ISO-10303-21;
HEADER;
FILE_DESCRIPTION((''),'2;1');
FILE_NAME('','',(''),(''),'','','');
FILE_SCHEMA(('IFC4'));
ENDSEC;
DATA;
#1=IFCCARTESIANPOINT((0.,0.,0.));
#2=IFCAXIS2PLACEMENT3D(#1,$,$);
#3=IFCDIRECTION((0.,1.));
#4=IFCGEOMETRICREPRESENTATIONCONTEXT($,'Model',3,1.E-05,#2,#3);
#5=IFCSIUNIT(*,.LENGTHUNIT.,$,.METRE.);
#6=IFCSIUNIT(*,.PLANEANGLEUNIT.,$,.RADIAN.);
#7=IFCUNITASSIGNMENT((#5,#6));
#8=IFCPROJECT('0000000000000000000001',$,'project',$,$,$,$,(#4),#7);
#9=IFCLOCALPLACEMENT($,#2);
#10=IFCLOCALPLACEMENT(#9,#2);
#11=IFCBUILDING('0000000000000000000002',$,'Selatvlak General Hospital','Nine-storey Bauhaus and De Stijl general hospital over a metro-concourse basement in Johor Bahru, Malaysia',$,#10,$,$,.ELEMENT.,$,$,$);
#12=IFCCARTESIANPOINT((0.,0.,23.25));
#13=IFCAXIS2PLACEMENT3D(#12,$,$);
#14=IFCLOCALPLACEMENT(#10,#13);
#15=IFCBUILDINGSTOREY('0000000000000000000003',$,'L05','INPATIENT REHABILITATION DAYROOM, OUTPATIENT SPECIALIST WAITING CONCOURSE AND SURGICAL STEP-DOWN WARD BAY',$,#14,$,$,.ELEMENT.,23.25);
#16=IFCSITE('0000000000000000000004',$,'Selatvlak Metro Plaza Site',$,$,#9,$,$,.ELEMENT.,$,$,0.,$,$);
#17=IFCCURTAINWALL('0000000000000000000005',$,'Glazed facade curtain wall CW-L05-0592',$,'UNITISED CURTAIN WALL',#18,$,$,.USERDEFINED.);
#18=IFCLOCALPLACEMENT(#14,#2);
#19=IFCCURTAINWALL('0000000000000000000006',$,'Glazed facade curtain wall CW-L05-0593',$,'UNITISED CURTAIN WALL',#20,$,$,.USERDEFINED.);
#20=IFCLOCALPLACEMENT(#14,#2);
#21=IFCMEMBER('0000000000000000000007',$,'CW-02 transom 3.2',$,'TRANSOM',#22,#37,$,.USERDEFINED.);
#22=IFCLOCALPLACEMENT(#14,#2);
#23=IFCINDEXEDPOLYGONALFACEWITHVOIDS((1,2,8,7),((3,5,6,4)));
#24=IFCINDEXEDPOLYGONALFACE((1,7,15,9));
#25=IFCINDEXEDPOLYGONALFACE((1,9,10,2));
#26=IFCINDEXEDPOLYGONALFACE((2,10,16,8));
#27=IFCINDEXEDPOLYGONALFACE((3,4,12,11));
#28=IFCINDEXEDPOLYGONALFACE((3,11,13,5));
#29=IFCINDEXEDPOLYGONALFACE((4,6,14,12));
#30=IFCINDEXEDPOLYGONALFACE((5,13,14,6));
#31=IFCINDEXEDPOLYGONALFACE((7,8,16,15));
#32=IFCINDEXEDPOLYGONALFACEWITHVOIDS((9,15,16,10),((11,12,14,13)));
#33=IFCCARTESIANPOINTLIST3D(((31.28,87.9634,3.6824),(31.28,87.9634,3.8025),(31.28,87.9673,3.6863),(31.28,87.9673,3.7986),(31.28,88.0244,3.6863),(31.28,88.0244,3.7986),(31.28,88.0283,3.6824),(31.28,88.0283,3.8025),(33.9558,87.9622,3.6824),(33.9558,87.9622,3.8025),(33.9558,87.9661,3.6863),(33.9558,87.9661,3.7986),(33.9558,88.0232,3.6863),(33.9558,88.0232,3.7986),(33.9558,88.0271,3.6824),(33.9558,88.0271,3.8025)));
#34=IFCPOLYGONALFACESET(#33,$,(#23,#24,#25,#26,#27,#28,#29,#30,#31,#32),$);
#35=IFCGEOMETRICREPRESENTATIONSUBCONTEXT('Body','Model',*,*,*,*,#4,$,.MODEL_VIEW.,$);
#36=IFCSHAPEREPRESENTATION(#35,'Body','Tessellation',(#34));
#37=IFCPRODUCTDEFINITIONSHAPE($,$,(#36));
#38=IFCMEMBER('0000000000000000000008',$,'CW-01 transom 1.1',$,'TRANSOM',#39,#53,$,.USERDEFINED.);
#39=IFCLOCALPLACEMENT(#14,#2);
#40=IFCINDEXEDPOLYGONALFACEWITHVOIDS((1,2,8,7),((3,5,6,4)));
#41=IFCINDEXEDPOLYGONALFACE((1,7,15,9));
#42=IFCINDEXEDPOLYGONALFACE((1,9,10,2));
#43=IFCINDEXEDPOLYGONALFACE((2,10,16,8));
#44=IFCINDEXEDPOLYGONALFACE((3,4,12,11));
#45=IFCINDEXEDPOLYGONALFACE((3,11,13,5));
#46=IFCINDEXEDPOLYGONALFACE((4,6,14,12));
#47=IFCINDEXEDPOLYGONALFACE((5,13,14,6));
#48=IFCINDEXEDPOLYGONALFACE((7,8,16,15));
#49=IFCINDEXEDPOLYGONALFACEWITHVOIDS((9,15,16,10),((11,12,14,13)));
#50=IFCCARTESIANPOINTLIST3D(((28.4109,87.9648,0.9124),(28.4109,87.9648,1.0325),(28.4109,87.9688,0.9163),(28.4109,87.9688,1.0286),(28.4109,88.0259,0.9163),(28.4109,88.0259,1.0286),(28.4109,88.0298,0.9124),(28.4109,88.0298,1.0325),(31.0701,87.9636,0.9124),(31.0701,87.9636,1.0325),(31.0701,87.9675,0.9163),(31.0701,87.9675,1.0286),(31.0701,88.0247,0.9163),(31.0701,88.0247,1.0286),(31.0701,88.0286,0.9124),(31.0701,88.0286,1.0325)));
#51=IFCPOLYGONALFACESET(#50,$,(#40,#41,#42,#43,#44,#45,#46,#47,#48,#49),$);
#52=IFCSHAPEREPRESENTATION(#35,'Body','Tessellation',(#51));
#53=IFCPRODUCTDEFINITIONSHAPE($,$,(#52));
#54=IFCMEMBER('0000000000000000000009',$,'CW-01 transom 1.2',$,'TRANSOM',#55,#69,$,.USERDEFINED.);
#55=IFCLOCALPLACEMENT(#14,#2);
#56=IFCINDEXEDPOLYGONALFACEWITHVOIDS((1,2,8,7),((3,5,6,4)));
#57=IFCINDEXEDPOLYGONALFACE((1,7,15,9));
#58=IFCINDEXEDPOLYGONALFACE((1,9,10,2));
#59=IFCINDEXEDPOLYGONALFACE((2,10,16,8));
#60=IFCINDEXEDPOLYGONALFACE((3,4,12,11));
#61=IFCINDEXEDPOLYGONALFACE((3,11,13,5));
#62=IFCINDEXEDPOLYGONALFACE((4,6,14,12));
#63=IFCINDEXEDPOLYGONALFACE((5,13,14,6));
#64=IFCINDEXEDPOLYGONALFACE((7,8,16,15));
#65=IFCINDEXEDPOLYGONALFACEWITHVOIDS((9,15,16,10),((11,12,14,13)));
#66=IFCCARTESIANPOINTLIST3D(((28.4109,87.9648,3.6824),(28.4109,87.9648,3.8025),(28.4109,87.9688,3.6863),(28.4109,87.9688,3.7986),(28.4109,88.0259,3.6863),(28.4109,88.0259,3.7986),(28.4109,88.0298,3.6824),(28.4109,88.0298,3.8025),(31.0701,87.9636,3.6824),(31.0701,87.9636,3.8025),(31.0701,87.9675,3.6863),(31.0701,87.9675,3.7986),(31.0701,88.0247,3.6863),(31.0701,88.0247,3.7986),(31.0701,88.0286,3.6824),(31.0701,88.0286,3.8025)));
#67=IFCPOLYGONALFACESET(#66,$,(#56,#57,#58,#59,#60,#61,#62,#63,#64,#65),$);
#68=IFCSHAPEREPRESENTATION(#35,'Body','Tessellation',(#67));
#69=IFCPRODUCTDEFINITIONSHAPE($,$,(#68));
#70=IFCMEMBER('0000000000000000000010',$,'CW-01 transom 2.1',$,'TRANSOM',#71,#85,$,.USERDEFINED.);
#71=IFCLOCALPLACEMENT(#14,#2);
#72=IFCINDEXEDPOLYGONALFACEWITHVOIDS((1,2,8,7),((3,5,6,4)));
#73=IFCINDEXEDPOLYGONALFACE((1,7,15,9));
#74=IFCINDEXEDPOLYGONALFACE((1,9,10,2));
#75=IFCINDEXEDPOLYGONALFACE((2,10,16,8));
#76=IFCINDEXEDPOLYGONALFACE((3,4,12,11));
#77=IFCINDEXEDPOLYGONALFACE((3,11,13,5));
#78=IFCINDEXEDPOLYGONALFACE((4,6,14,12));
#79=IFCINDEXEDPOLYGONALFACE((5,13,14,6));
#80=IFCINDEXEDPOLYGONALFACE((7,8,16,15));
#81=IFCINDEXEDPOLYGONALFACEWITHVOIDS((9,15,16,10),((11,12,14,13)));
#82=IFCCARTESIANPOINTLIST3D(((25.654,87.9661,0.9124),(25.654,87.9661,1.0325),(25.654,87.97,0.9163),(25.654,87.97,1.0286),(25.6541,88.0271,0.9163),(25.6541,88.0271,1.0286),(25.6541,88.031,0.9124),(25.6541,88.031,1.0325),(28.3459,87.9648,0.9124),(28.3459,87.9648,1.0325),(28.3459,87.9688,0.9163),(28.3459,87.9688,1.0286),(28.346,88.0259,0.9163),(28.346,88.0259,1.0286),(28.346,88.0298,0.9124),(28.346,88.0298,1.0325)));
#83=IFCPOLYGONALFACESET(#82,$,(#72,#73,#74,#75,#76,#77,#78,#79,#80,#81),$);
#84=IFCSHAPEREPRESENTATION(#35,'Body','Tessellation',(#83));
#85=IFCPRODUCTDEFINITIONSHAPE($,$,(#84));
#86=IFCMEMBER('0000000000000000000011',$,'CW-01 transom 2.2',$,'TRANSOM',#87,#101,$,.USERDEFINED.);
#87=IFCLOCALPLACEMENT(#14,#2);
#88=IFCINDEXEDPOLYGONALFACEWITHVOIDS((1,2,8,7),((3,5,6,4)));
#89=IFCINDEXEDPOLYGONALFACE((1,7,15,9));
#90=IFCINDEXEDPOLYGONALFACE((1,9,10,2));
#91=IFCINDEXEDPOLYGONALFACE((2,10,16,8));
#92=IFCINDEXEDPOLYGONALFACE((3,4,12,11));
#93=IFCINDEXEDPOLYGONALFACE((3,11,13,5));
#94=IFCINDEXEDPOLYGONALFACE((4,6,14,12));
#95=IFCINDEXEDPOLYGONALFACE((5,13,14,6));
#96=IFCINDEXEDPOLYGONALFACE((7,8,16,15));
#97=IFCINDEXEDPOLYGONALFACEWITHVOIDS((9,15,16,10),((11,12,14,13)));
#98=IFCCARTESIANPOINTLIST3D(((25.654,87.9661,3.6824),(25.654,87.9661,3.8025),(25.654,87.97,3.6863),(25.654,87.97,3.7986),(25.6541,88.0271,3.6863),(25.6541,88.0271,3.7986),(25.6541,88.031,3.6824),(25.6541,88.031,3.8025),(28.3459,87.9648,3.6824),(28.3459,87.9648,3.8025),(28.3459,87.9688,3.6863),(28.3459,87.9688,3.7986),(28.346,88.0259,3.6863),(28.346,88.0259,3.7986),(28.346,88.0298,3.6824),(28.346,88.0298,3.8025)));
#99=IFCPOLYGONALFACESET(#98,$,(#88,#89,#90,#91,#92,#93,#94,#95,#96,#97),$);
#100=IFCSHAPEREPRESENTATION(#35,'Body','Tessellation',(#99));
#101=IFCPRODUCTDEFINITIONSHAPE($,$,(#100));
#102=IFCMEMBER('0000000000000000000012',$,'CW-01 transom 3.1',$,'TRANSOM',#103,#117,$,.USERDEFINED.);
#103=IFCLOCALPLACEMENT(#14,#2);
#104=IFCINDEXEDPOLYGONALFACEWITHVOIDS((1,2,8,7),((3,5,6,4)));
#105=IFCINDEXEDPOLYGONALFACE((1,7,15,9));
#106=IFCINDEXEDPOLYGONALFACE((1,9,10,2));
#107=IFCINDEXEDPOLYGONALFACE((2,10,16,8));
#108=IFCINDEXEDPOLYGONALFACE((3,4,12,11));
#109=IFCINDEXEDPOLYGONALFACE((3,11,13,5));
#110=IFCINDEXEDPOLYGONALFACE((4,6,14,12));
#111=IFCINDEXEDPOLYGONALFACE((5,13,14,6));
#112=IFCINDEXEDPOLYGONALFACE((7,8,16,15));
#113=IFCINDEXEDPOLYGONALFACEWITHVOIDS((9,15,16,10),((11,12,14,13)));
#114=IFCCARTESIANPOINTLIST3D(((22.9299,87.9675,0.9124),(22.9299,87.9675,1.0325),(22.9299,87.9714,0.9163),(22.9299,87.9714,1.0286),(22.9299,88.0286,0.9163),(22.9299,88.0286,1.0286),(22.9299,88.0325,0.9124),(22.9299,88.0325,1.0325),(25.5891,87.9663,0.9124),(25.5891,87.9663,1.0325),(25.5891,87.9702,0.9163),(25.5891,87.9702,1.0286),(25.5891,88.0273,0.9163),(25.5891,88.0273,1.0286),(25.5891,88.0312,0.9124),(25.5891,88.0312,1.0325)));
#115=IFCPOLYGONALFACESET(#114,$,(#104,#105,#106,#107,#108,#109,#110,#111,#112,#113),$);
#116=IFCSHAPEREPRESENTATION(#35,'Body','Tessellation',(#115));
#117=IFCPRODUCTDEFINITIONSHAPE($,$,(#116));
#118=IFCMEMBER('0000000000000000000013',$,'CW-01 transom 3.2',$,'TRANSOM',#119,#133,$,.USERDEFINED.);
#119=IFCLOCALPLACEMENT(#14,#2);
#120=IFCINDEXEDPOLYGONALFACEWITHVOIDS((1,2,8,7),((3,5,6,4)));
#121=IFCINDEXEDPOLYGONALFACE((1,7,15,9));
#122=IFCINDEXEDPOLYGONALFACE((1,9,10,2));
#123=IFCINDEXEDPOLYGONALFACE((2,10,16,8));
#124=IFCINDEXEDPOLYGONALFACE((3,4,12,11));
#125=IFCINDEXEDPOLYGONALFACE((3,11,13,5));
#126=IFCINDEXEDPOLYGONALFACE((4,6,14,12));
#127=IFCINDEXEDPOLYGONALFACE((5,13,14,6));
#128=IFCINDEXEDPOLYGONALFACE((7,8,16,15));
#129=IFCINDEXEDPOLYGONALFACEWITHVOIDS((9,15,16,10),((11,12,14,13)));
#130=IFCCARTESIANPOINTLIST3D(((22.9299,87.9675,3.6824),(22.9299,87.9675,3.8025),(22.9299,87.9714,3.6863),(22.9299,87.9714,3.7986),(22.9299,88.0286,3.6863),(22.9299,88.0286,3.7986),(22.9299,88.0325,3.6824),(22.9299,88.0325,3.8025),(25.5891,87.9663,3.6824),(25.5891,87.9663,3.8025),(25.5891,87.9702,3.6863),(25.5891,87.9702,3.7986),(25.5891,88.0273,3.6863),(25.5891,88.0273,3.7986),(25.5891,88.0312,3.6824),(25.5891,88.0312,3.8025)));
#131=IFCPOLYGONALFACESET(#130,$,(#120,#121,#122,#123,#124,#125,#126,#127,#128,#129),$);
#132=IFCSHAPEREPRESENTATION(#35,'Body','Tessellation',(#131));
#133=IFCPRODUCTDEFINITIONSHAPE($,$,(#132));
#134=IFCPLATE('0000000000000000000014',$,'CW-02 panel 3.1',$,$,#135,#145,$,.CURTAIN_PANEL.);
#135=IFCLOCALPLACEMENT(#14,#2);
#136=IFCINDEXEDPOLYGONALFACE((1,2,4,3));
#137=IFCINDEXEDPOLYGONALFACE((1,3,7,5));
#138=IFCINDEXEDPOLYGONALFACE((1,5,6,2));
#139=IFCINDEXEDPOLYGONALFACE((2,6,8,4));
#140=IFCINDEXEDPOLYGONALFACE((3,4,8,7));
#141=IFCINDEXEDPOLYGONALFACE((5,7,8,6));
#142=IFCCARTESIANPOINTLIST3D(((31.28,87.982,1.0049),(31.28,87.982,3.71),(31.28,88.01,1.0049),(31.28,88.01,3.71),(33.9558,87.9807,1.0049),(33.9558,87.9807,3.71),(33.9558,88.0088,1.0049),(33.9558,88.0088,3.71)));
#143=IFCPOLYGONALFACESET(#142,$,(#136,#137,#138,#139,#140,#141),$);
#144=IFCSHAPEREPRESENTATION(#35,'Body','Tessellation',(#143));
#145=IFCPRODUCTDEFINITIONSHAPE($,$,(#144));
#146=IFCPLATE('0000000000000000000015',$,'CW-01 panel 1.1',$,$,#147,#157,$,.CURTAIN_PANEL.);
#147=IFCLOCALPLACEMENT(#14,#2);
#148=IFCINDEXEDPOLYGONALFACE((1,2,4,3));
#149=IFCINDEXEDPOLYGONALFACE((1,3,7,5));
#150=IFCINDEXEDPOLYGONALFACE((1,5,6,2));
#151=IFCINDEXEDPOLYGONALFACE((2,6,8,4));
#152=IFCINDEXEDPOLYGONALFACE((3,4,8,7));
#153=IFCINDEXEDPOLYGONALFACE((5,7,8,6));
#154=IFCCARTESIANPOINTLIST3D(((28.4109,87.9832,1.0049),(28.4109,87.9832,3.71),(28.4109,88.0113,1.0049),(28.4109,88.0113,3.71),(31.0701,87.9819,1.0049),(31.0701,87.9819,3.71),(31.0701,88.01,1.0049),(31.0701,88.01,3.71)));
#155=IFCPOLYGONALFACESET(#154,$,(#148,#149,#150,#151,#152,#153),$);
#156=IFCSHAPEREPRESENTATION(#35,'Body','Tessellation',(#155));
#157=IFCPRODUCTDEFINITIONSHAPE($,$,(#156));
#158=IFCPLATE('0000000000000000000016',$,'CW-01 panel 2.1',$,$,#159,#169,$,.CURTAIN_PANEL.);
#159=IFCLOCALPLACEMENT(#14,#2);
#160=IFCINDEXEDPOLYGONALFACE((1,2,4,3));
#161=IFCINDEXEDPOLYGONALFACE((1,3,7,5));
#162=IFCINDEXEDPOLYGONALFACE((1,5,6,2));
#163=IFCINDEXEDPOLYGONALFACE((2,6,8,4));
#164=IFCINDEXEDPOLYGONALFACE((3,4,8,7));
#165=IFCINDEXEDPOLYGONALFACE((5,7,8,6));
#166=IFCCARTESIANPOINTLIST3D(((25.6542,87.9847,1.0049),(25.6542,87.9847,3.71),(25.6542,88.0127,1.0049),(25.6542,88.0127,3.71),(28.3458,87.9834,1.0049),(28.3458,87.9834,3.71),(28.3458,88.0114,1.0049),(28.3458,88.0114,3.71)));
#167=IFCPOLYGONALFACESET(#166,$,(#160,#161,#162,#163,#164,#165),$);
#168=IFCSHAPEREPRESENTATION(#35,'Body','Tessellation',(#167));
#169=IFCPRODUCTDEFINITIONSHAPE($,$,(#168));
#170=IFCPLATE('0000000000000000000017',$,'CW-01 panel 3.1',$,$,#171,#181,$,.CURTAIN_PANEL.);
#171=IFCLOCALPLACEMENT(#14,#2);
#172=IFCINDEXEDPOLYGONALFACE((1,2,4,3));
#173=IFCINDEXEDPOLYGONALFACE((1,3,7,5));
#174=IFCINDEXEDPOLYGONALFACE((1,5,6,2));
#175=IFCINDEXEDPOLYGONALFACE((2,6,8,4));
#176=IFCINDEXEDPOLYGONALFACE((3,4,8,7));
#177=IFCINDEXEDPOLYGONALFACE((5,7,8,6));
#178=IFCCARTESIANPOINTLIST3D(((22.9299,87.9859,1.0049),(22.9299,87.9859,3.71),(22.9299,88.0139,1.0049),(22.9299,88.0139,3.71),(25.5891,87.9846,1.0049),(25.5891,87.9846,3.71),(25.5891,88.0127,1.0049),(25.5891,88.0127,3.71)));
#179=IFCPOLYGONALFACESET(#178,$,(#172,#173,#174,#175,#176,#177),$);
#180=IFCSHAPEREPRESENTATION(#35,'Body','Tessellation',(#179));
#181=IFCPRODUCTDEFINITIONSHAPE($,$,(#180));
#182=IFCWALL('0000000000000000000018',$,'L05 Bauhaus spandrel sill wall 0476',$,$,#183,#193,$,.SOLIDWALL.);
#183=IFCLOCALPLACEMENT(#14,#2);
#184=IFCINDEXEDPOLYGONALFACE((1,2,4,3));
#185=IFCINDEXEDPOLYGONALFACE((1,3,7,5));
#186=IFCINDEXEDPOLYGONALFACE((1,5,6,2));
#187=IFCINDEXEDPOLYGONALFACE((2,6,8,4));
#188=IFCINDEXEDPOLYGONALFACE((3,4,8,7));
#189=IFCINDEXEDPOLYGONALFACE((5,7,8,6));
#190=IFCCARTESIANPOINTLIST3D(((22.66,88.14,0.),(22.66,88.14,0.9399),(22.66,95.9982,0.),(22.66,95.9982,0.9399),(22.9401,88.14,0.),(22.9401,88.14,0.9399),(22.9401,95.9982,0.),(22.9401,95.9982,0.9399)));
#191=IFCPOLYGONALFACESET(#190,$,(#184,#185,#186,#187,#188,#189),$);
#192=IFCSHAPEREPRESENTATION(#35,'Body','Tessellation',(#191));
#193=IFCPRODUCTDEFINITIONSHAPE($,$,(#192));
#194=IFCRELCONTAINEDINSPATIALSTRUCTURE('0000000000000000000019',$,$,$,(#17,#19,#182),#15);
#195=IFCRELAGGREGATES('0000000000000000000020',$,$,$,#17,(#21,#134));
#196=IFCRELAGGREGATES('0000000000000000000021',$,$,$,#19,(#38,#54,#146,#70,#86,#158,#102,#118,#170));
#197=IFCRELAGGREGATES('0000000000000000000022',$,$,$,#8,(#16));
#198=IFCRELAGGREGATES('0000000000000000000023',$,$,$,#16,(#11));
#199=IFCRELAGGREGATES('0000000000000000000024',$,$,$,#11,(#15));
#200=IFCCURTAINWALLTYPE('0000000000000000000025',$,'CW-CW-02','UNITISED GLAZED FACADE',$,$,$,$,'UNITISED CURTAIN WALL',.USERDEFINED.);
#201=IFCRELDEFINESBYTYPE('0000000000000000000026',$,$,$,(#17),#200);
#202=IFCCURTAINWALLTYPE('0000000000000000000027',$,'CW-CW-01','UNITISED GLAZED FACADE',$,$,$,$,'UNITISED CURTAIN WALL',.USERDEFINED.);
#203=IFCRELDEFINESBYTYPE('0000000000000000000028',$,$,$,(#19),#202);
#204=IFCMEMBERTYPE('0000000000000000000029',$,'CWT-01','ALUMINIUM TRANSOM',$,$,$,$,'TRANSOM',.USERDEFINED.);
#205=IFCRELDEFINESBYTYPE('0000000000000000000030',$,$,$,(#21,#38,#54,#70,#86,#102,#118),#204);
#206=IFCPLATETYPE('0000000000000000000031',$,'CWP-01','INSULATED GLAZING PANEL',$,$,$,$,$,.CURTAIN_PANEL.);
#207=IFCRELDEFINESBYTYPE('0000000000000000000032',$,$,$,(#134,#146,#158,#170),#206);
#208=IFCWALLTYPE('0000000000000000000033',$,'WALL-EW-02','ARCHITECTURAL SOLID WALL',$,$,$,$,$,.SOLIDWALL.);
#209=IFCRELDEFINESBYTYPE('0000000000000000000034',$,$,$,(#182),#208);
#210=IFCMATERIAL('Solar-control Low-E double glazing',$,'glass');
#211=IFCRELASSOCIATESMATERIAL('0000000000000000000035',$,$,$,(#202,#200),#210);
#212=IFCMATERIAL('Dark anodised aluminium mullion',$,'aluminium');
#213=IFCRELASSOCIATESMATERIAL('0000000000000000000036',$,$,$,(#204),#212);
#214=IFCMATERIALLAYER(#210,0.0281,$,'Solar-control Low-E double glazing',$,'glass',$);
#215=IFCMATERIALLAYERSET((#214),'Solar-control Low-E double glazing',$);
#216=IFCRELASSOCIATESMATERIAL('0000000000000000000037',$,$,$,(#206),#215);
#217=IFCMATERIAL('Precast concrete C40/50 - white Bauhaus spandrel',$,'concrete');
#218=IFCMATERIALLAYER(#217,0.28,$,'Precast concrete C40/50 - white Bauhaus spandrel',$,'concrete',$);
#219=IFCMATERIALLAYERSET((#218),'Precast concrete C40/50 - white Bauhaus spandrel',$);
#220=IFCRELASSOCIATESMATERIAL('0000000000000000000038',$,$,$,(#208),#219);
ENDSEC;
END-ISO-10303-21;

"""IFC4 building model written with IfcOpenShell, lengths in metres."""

from ifc_helpers import new_model, si_unit, direction, frame, frame_2d, origin, origin_2d, place, context, subcontext, project, spatial, rectangle, hollow_rectangle, extrude, material, layer, layer_set, material_profile, profile_set, type_object, element, aggregate, save


model = new_model("IFC4")

# Units and contexts
model_context = context("Model", 3, precision=1e-05, world=origin(), true_north=direction((0.0, 1.0)))
body_context = subcontext(model_context, "Body", "Model", "MODEL_VIEW")
ifc_project = project(units=[si_unit("LENGTHUNIT", "METRE"), si_unit("PLANEANGLEUNIT", "RADIAN")], contexts=[model_context])

# Site, building, storey
site_placement = place(None, origin())
site = spatial("IfcSite", under=ifc_project, at=site_placement, Name="Selatvlak Metro Plaza Site", CompositionType="ELEMENT", RefElevation=0.0)
building_placement = place(site_placement, origin())
building = spatial("IfcBuilding", under=site, at=building_placement, Name="Selatvlak General Hospital", Description="Nine-storey Bauhaus and De Stijl general hospital over a metro-concourse basement in Johor Bahru, Malaysia", CompositionType="ELEMENT")
storey_placement = place(building_placement, frame((0.0, 0.0, 23.25)))
storey = spatial("IfcBuildingStorey", under=building, at=storey_placement, Name="L05", Description="INPATIENT REHABILITATION DAYROOM, OUTPATIENT SPECIALIST WAITING CONCOURSE AND SURGICAL STEP-DOWN WARD BAY", CompositionType="ELEMENT", Elevation=23.25)

# Shared definitions
ifc_material_1 = material(Name="Solar-control Low-E double glazing", Category="glass")
curtain_wall_type_1 = type_object("IfcCurtainWallType", Name="CW-CW-01", Description="UNITISED GLAZED FACADE", ElementType="UNITISED CURTAIN WALL", PredefinedType="USERDEFINED", material=ifc_material_1)
ifc_material_2 = material(Name="Dark anodised aluminium mullion", Category="aluminium")

# Curtain walls
curtain_wall_type_2 = type_object("IfcCurtainWallType", Name="CW-CW-02", Description="UNITISED GLAZED FACADE", ElementType="UNITISED CURTAIN WALL", PredefinedType="USERDEFINED", material=ifc_material_1)
curtain_wall_1_placement = place(storey_placement, origin())
curtain_wall_1 = element("IfcCurtainWall", 1, at=curtain_wall_1_placement, inside=storey, type_object=curtain_wall_type_2, Name="Glazed facade curtain wall CW-L05-0592", ObjectType="UNITISED CURTAIN WALL", PredefinedType="USERDEFINED")
curtain_wall_2_placement = place(storey_placement, origin())
curtain_wall_2 = element("IfcCurtainWall", 2, at=curtain_wall_2_placement, inside=storey, type_object=curtain_wall_type_1, Name="Glazed facade curtain wall CW-L05-0593", ObjectType="UNITISED CURTAIN WALL", PredefinedType="USERDEFINED")

# Members
ifc_material_profile_1 = material_profile(ifc_material_2, hollow_rectangle(XDim=0.0649, YDim=0.1201, WallThickness=0.0039, at=origin_2d()), Name="AL-TRN 65x120x4")
ifc_profile_set_1 = profile_set([ifc_material_profile_1], Name="Dark anodised aluminium mullion")
member_type_1 = type_object("IfcMemberType", Name="CWT-01", Description="ALUMINIUM TRANSOM", ElementType="TRANSOM", PredefinedType="USERDEFINED", material=ifc_profile_set_1)
member_1_placement = place(storey_placement, frame((33.9558, 87.9946, 3.7424), z_axis=(-1.0, 0.000456, 0.0), x_axis=(-0.000456, -1.0, 0.0)))
member_1 = element("IfcMember", 3, at=member_1_placement, type_object=member_type_1, Name="CW-02 transom 3.2", ObjectType="TRANSOM", PredefinedType="USERDEFINED", context=body_context, shape_type="SweptSolid", body=[
    extrude(hollow_rectangle(XDim=0.0649, YDim=0.1201, WallThickness=0.0039, at=origin_2d()), origin(), (0.0, 0.0, 1.0), 2.6758),
])
member_2_placement = place(storey_placement, frame((31.0701, 87.9961, 0.9724), z_axis=(-1.0, 0.000459, 0.0), x_axis=(-0.000459, -1.0, 0.0)))
member_2 = element("IfcMember", 4, at=member_2_placement, type_object=member_type_1, Name="CW-01 transom 1.1", ObjectType="TRANSOM", PredefinedType="USERDEFINED", context=body_context, shape_type="SweptSolid", body=[
    extrude(hollow_rectangle(XDim=0.0649, YDim=0.1201, WallThickness=0.0039, at=origin_2d()), origin(), (0.0, 0.0, 1.0), 2.6592),
])
member_3_placement = place(storey_placement, frame((31.0701, 87.9961, 3.7424), z_axis=(-1.0, 0.000459, 0.0), x_axis=(-0.000459, -1.0, 0.0)))
member_3 = element("IfcMember", 5, at=member_3_placement, type_object=member_type_1, Name="CW-01 transom 1.2", ObjectType="TRANSOM", PredefinedType="USERDEFINED", context=body_context, shape_type="SweptSolid", body=[
    extrude(hollow_rectangle(XDim=0.0649, YDim=0.1201, WallThickness=0.0039, at=origin_2d()), origin(), (0.0, 0.0, 1.0), 2.6592),
])
member_4_placement = place(storey_placement, frame((28.3459, 87.9973, 0.9724), z_axis=(-1.0, 0.000453, 0.0), x_axis=(-0.000453, -1.0, 0.0)))
member_4 = element("IfcMember", 6, at=member_4_placement, type_object=member_type_1, Name="CW-01 transom 2.1", ObjectType="TRANSOM", PredefinedType="USERDEFINED", context=body_context, shape_type="SweptSolid", body=[
    extrude(hollow_rectangle(XDim=0.0649, YDim=0.1201, WallThickness=0.0039, at=origin_2d()), origin(), (0.0, 0.0, 1.0), 2.6919),
])
member_5_placement = place(storey_placement, frame((28.3459, 87.9973, 3.7424), z_axis=(-1.0, 0.000453, 0.0), x_axis=(-0.000453, -1.0, 0.0)))
member_5 = element("IfcMember", 7, at=member_5_placement, type_object=member_type_1, Name="CW-01 transom 2.2", ObjectType="TRANSOM", PredefinedType="USERDEFINED", context=body_context, shape_type="SweptSolid", body=[
    extrude(hollow_rectangle(XDim=0.0649, YDim=0.1201, WallThickness=0.0039, at=origin_2d()), origin(), (0.0, 0.0, 1.0), 2.6919),
])
member_6_placement = place(storey_placement, frame((25.5891, 87.9988, 0.9724), z_axis=(-1.0, 0.000459, 0.0), x_axis=(-0.000459, -1.0, 0.0)))
member_6 = element("IfcMember", 8, at=member_6_placement, type_object=member_type_1, Name="CW-01 transom 3.1", ObjectType="TRANSOM", PredefinedType="USERDEFINED", context=body_context, shape_type="SweptSolid", body=[
    extrude(hollow_rectangle(XDim=0.0649, YDim=0.1201, WallThickness=0.0039, at=origin_2d()), origin(), (0.0, 0.0, 1.0), 2.6592),
])
member_7_placement = place(storey_placement, frame((25.5891, 87.9988, 3.7424), z_axis=(-1.0, 0.000459, 0.0), x_axis=(-0.000459, -1.0, 0.0)))
member_7 = element("IfcMember", 9, at=member_7_placement, type_object=member_type_1, Name="CW-01 transom 3.2", ObjectType="TRANSOM", PredefinedType="USERDEFINED", context=body_context, shape_type="SweptSolid", body=[
    extrude(hollow_rectangle(XDim=0.0649, YDim=0.1201, WallThickness=0.0039, at=origin_2d()), origin(), (0.0, 0.0, 1.0), 2.6592),
])

# Plates
ifc_layer_1 = layer(ifc_material_1, 0.0281, Name="Solar-control Low-E double glazing", Category="glass")
ifc_layer_set_1 = layer_set([ifc_layer_1], Name="Solar-control Low-E double glazing")
plate_type = type_object("IfcPlateType", Name="CWP-01", Description="INSULATED GLAZING PANEL", PredefinedType="CURTAIN_PANEL", material=ifc_layer_set_1)
plate_1_placement = place(storey_placement, frame((32.6179, 87.9954, 1.0049), z_axis=(0.0, 0.0, 1.0), x_axis=(-1.0, 0.000481, 0.0)))
plate_1 = element("IfcPlate", 10, at=plate_1_placement, type_object=plate_type, Name="CW-02 panel 3.1", PredefinedType="CURTAIN_PANEL", context=body_context, shape_type="SweptSolid", body=[
    extrude(rectangle(XDim=2.6758, YDim=0.0281, at=origin_2d()), origin(), (0.0, 0.0, 1.0), 2.7051),
])
aggregate(curtain_wall_1, [member_1, plate_1])
plate_2_placement = place(storey_placement, frame((29.7405, 87.9966, 1.0049), z_axis=(0.0, 0.0, 1.0), x_axis=(-1.0, 0.000484, 0.0)))
plate_2 = element("IfcPlate", 11, at=plate_2_placement, type_object=plate_type, Name="CW-01 panel 1.1", PredefinedType="CURTAIN_PANEL", context=body_context, shape_type="SweptSolid", body=[
    extrude(rectangle(XDim=2.6592, YDim=0.0281, at=origin_2d()), origin(), (0.0, 0.0, 1.0), 2.7051),
])
plate_3_placement = place(storey_placement, frame((27.0, 87.998, 1.0049), z_axis=(0.0, 0.0, 1.0), x_axis=(-1.0, 0.000484, 0.0)))
plate_3 = element("IfcPlate", 12, at=plate_3_placement, type_object=plate_type, Name="CW-01 panel 2.1", PredefinedType="CURTAIN_PANEL", context=body_context, shape_type="SweptSolid", body=[
    extrude(rectangle(XDim=2.6917, YDim=0.0281, at=origin_2d()), origin(), (0.0, 0.0, 1.0), 2.7051),
])
plate_4_placement = place(storey_placement, frame((24.2595, 87.9993, 1.0049), z_axis=(0.0, 0.0, 1.0), x_axis=(-1.0, 0.000484, 0.0)))
plate_4 = element("IfcPlate", 13, at=plate_4_placement, type_object=plate_type, Name="CW-01 panel 3.1", PredefinedType="CURTAIN_PANEL", context=body_context, shape_type="SweptSolid", body=[
    extrude(rectangle(XDim=2.6592, YDim=0.0281, at=origin_2d()), origin(), (0.0, 0.0, 1.0), 2.7051),
])
aggregate(curtain_wall_2, [member_2, member_3, plate_2, member_4, member_5, plate_3, member_6, member_7, plate_4])

# Wall
ifc_material_3 = material(Name="Precast concrete C40/50 - white Bauhaus spandrel", Category="concrete")
ifc_layer_2 = layer(ifc_material_3, 0.28, Name="Precast concrete C40/50 - white Bauhaus spandrel", Category="concrete")
ifc_layer_set_2 = layer_set([ifc_layer_2], Name="Precast concrete C40/50 - white Bauhaus spandrel")
wall_type_1 = type_object("IfcWallType", Name="WALL-EW-02", Description="ARCHITECTURAL SOLID WALL", PredefinedType="SOLIDWALL", material=ifc_layer_set_2)
wall_1_placement = place(storey_placement, frame((22.8, 88.1399, 0.0), z_axis=(0.0, 0.0, 1.0), x_axis=(0.0, 1.0, 0.0)))
element("IfcWall", 14, at=wall_1_placement, inside=storey, type_object=wall_type_1, Name="L05 Bauhaus spandrel sill wall 0476", PredefinedType="SOLIDWALL", context=body_context, shape_type="SweptSolid", body=[
    extrude(rectangle(XDim=7.8582, YDim=0.28, at=frame_2d((3.9292, 0.0))), origin(), (0.0, 0.0, 1.0), 0.9399),
])

save(model, "model.ifc")
